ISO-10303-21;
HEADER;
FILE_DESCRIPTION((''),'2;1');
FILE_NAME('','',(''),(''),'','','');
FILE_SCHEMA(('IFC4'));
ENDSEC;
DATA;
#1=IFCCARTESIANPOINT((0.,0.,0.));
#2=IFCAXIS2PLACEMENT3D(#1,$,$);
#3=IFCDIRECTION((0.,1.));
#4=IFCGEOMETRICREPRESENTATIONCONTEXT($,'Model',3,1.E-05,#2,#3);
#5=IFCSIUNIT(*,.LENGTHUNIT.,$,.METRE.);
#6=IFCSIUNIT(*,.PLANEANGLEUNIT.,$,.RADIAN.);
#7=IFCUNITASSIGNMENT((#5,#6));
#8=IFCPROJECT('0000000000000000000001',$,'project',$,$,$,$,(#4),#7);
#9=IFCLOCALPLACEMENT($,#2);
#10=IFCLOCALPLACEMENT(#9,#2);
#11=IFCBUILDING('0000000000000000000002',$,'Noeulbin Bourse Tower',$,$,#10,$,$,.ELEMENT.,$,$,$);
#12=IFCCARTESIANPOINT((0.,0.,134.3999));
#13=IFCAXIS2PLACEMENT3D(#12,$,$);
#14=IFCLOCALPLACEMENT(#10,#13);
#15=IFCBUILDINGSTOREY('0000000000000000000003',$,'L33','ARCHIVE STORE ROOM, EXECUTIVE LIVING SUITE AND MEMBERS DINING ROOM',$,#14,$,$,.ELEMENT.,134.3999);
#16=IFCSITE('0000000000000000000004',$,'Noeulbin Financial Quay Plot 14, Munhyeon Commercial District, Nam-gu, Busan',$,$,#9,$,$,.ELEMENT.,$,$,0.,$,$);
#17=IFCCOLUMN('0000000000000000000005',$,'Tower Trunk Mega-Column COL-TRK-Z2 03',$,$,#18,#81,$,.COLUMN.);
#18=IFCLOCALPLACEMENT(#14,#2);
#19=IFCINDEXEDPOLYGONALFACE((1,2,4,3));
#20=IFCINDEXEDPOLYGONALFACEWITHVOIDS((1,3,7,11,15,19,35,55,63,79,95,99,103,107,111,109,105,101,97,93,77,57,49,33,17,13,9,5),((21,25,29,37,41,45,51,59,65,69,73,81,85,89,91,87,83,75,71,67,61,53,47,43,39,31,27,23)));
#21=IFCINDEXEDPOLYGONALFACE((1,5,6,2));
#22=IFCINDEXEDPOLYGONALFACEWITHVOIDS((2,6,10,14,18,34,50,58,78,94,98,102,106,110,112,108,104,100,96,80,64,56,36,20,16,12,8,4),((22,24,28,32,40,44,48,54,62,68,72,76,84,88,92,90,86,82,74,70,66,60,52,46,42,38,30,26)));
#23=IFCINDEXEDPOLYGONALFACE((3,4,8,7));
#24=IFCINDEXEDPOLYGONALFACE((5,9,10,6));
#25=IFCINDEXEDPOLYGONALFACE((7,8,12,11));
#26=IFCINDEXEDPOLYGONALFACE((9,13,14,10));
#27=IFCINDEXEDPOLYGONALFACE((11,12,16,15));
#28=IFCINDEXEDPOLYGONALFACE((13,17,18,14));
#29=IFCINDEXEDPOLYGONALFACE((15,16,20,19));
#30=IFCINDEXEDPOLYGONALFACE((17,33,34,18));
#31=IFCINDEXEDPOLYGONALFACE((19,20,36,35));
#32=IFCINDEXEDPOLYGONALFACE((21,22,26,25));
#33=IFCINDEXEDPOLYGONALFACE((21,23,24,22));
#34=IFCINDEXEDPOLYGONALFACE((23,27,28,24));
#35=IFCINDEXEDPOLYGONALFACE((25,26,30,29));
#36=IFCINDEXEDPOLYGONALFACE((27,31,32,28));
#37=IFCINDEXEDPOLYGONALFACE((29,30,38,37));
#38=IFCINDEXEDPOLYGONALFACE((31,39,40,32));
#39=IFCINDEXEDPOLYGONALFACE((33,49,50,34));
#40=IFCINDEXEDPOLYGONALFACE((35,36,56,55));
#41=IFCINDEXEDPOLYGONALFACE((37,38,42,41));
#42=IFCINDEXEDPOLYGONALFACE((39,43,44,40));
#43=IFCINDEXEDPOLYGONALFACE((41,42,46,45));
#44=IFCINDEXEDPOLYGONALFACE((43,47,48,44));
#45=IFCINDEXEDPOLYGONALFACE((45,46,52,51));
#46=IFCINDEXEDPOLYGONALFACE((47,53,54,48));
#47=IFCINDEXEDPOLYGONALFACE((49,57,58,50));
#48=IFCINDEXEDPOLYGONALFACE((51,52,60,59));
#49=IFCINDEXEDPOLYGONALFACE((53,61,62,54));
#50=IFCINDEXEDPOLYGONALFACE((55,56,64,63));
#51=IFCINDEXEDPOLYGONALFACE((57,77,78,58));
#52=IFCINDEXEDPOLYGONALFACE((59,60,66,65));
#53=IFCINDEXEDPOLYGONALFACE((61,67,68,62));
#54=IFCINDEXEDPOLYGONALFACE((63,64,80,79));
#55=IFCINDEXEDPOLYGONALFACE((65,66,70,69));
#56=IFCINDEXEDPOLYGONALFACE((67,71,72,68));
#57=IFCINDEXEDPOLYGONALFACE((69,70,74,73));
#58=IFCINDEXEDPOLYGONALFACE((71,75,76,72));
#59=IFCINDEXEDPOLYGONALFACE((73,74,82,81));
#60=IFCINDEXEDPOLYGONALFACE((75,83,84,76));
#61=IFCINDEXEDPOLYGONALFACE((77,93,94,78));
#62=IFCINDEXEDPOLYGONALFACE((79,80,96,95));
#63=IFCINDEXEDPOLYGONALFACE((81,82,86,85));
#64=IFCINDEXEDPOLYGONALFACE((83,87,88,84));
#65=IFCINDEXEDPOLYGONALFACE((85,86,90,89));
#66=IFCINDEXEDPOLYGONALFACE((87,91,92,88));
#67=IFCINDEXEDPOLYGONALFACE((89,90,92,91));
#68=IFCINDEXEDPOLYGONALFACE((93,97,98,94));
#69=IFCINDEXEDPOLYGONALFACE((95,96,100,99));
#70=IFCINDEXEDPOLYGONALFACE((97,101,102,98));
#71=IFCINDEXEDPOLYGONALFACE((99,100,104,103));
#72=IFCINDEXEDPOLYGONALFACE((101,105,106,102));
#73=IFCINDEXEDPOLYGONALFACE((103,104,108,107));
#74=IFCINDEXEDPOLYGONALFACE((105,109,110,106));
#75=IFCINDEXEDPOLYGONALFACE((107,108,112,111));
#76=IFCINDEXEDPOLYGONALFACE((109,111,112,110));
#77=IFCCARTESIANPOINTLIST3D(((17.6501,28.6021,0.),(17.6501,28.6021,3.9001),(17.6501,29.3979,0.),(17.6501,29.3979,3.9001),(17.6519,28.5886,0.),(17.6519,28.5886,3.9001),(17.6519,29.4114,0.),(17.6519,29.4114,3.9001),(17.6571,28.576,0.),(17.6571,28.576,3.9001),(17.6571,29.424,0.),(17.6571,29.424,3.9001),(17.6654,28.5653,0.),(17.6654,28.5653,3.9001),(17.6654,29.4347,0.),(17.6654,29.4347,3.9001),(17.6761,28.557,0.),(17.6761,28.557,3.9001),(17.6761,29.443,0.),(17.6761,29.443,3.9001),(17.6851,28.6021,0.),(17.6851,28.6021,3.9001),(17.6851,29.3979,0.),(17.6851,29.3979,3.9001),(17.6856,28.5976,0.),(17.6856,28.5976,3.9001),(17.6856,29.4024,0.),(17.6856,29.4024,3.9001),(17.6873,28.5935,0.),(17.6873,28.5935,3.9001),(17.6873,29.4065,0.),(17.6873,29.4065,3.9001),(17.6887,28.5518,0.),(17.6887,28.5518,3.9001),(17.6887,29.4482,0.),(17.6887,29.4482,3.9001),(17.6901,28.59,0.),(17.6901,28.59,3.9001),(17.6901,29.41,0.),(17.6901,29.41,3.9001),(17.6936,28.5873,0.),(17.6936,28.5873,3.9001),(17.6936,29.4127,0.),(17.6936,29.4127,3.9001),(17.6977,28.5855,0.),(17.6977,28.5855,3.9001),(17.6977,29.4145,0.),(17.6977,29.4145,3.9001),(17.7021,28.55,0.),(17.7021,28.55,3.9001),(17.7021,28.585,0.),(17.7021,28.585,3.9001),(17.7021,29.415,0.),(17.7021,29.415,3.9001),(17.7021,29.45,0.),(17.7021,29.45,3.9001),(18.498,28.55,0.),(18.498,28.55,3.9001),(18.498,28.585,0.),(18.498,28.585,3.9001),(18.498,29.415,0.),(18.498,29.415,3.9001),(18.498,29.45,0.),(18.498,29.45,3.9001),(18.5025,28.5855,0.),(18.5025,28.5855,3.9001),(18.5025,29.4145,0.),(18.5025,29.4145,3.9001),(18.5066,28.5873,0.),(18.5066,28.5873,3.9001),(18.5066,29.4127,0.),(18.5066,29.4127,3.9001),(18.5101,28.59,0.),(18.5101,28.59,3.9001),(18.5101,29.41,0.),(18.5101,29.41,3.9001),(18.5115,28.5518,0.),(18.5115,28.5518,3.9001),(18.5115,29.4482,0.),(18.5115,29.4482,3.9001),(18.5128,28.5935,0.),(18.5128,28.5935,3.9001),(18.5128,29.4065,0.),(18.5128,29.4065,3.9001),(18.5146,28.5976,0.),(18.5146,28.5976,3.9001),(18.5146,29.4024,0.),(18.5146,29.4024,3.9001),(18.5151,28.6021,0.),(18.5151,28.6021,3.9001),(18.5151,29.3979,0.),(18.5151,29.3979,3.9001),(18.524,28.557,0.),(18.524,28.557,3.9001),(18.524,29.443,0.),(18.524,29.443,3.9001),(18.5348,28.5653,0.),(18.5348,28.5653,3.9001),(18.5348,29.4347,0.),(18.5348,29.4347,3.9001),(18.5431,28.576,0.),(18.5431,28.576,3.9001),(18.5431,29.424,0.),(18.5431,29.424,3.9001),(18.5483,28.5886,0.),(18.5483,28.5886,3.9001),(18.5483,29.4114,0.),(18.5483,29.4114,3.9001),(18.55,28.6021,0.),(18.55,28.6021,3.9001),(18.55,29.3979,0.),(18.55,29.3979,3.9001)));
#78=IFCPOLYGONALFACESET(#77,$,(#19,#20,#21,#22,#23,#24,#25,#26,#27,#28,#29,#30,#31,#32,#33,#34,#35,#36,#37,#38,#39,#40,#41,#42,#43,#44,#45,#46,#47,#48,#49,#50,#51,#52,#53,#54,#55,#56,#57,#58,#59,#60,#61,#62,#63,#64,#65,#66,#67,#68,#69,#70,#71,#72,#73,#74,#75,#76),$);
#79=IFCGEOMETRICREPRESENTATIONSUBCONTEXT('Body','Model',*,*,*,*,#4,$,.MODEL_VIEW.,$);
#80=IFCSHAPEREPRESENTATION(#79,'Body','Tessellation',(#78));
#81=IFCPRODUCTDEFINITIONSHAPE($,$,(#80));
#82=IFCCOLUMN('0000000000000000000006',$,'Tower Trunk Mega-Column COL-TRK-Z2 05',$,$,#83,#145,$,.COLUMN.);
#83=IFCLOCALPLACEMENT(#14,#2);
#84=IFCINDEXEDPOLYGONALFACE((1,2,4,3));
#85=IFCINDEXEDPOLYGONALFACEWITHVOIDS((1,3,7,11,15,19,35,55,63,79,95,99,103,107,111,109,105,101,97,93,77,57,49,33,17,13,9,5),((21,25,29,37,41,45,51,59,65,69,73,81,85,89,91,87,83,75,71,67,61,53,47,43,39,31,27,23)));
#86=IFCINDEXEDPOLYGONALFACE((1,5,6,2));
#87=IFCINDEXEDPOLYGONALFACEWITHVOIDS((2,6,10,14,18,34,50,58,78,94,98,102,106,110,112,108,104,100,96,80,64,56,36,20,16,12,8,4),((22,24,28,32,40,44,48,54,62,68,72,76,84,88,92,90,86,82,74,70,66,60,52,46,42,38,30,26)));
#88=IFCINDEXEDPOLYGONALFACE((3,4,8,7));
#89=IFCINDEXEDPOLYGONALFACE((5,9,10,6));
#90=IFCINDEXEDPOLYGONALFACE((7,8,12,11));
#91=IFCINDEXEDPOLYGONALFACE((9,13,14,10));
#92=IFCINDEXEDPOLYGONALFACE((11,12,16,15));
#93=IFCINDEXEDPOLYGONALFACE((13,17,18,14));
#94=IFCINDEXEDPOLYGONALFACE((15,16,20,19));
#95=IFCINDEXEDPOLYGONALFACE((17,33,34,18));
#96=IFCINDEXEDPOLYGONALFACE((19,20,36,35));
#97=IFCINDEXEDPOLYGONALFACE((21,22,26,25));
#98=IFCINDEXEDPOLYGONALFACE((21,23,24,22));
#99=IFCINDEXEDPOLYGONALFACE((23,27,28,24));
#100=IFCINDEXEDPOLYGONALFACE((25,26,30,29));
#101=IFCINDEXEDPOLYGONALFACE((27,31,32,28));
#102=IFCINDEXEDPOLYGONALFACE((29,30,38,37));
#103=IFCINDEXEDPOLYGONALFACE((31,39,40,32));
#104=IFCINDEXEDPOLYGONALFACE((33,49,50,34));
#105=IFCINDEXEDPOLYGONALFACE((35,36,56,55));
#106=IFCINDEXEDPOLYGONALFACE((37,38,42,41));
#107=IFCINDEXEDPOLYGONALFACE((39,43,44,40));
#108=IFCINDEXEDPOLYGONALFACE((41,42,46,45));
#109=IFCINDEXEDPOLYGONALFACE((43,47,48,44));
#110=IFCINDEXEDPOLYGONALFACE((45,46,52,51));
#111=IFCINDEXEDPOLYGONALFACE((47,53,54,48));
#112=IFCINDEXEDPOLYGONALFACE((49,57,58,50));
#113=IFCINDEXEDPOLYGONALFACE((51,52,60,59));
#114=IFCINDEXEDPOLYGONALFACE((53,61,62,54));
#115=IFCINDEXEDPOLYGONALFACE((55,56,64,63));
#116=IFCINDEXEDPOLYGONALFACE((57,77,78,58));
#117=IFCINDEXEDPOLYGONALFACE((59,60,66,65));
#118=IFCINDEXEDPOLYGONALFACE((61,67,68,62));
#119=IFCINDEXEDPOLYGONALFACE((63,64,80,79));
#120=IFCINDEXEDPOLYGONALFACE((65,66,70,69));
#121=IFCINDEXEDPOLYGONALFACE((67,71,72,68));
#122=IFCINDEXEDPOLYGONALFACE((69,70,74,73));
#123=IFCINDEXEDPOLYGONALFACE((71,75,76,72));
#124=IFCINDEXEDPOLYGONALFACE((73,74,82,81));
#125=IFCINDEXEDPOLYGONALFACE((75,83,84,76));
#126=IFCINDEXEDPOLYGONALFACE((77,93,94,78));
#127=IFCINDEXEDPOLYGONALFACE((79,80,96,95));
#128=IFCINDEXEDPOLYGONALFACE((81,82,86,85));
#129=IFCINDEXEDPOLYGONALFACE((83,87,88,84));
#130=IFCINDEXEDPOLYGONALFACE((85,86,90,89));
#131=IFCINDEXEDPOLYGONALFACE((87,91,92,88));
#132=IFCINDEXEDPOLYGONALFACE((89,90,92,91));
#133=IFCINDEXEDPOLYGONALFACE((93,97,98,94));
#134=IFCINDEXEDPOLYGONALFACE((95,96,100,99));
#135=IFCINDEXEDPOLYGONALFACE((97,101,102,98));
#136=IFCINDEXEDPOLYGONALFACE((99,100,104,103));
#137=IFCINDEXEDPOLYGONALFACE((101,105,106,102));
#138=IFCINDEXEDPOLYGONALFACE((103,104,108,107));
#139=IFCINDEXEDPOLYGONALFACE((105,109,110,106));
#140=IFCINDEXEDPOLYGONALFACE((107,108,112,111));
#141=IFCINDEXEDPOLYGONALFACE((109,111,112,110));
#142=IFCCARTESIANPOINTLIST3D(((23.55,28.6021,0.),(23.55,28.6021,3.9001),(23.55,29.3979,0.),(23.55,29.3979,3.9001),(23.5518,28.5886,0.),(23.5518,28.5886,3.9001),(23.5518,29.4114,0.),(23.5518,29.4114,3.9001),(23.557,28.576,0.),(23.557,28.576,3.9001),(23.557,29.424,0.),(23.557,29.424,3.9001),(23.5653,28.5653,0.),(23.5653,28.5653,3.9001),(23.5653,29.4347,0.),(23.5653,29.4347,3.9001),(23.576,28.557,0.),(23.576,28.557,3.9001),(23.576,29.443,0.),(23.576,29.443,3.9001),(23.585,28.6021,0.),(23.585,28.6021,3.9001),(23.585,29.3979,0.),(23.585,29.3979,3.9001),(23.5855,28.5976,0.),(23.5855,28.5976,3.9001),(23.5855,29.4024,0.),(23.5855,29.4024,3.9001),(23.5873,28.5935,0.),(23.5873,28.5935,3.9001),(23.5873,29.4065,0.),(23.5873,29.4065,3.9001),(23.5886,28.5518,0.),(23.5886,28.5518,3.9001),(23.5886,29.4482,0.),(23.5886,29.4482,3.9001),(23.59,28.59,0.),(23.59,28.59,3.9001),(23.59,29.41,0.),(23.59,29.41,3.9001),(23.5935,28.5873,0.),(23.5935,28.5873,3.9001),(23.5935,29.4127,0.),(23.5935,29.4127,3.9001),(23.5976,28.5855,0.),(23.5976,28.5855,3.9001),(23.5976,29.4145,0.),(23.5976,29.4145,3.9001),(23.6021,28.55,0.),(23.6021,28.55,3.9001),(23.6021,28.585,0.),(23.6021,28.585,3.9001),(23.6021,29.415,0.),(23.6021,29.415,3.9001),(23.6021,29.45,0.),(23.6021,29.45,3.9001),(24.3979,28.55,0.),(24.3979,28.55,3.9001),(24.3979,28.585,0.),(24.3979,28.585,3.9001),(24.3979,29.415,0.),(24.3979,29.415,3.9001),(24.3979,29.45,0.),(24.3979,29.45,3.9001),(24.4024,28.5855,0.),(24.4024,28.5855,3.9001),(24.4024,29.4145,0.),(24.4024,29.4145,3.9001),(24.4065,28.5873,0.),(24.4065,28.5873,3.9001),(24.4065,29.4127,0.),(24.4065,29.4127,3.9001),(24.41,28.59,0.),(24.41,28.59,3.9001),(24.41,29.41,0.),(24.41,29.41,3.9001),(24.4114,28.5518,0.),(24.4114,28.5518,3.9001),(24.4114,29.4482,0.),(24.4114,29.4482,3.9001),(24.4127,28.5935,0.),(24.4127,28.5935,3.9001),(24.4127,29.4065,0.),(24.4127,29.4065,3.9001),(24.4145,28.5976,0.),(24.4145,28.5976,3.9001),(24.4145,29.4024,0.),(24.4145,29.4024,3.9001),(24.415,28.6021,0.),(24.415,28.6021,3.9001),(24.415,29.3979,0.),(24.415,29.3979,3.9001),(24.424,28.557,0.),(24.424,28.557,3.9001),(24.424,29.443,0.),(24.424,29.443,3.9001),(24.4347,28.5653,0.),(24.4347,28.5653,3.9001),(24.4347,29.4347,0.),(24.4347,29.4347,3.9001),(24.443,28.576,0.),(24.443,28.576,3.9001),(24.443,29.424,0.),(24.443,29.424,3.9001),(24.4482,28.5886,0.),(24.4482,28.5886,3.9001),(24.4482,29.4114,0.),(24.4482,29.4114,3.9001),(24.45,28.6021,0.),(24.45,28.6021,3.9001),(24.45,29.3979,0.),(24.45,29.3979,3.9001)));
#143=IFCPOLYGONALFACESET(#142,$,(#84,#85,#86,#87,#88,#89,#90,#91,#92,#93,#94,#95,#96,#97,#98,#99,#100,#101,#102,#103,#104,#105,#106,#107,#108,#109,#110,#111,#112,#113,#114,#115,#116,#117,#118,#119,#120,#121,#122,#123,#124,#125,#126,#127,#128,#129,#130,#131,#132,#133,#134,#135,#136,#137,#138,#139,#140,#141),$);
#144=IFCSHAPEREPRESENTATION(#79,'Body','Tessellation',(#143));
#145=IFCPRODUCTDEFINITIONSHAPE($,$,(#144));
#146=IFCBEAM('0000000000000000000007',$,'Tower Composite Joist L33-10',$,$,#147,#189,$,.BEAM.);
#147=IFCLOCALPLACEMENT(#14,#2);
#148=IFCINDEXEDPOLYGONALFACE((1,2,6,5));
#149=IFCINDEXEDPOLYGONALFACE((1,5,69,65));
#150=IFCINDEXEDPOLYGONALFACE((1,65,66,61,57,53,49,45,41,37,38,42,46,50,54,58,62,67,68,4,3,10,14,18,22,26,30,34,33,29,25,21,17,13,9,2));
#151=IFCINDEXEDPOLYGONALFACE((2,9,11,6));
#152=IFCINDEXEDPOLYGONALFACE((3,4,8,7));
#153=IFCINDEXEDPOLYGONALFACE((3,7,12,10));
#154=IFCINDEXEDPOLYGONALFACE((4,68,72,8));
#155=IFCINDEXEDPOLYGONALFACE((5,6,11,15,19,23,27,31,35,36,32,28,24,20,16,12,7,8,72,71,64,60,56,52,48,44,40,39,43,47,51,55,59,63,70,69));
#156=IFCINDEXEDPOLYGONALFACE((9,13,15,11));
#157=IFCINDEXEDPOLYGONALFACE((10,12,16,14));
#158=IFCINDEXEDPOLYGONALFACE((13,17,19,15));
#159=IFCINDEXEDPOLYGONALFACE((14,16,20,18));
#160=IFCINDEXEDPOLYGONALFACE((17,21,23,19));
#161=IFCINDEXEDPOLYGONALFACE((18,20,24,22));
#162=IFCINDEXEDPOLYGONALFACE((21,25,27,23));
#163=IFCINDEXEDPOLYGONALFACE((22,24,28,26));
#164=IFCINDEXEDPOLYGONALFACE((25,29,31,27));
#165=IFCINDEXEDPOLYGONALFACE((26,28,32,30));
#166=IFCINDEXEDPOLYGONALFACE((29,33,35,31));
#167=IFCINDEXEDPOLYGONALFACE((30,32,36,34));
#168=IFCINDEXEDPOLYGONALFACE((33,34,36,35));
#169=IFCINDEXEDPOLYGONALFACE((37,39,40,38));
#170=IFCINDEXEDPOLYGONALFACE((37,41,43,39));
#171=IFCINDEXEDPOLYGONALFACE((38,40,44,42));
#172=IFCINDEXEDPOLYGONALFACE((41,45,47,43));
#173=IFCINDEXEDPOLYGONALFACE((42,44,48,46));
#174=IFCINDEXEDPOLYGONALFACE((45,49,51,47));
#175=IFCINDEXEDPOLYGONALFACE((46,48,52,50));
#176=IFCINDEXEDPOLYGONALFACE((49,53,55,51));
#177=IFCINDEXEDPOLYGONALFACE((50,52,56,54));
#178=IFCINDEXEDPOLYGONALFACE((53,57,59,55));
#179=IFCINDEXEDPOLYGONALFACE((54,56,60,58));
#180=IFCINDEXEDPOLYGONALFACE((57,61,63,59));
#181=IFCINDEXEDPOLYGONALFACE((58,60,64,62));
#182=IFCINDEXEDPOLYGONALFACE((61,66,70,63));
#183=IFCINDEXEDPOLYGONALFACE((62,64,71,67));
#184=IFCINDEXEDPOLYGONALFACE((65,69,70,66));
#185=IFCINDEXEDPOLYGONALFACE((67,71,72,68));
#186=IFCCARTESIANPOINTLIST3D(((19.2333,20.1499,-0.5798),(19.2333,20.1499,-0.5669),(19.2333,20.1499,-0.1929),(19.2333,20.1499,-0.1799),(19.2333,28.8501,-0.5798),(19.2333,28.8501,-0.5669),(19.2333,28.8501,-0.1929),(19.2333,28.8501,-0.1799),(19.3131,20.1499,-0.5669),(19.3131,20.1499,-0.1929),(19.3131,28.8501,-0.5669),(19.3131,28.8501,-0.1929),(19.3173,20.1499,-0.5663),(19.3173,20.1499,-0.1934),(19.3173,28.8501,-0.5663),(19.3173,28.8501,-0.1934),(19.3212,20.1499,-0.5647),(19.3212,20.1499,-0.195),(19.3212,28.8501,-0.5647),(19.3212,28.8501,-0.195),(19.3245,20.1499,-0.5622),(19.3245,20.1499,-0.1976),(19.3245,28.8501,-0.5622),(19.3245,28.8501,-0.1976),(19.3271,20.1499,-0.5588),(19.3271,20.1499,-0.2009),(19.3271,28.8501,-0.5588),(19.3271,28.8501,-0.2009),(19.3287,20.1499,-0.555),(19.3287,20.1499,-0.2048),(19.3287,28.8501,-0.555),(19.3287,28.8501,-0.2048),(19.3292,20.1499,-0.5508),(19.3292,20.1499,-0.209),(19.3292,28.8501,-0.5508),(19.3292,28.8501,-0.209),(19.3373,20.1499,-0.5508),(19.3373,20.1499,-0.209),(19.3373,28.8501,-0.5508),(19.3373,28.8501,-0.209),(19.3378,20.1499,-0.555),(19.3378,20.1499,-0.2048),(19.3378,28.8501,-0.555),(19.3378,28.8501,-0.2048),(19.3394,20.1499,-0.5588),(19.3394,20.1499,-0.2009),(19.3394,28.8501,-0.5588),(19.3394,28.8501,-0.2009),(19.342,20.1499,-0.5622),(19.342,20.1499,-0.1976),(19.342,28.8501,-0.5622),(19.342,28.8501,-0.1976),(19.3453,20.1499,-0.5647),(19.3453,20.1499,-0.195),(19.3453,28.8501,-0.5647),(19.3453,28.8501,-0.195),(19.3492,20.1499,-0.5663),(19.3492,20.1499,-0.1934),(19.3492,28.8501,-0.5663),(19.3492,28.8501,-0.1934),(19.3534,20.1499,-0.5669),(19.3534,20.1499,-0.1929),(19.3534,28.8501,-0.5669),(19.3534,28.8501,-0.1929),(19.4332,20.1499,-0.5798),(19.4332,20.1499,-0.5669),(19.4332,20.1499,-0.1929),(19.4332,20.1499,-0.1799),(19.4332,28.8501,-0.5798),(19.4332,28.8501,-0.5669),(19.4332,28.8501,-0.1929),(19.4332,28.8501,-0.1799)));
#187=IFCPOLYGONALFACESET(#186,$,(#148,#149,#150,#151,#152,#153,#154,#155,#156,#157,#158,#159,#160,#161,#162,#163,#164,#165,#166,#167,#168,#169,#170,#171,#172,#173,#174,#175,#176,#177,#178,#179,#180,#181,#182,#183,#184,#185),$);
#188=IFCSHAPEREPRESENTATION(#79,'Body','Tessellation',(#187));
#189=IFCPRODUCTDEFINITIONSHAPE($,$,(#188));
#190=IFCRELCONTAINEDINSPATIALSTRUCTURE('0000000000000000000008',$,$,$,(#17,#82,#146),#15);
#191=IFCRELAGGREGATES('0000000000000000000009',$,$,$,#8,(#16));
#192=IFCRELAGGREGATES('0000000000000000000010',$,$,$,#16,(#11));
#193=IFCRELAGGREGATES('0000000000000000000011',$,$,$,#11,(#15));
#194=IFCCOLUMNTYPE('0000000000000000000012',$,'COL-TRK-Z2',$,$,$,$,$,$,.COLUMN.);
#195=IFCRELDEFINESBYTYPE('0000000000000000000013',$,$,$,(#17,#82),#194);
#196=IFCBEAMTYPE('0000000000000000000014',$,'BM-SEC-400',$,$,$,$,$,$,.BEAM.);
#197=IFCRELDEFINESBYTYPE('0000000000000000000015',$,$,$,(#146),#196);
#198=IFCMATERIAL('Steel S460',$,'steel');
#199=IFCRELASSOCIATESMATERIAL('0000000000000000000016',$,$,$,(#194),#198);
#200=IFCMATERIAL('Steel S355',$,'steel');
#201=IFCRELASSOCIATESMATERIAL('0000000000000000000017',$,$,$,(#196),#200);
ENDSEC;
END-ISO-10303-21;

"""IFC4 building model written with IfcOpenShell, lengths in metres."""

from ifc_helpers import new_model, si_unit, direction, frame, origin, origin_2d, place, context, subcontext, project, spatial, hollow_rectangle, i_section, extrude, material, material_profile, profile_set, type_object, element, save


model = new_model("IFC4")

# Units and contexts
model_context = context("Model", 3, precision=1e-05, world=origin(), true_north=direction((0.0, 1.0)))
body_context = subcontext(model_context, "Body", "Model", "MODEL_VIEW")
ifc_project = project(units=[si_unit("LENGTHUNIT", "METRE"), si_unit("PLANEANGLEUNIT", "RADIAN")], contexts=[model_context])

# Site, building, storey
site_placement = place(None, origin())
site = spatial("IfcSite", under=ifc_project, at=site_placement, Name="Noeulbin Financial Quay Plot 14, Munhyeon Commercial District, Nam-gu, Busan", CompositionType="ELEMENT", RefElevation=0.0)
building_placement = place(site_placement, origin())
building = spatial("IfcBuilding", under=site, at=building_placement, Name="Noeulbin Bourse Tower", CompositionType="ELEMENT")
storey_placement = place(building_placement, frame((0.0, 0.0, 134.3999)))
storey = spatial("IfcBuildingStorey", under=building, at=storey_placement, Name="L33", Description="ARCHIVE STORE ROOM, EXECUTIVE LIVING SUITE AND MEMBERS DINING ROOM", CompositionType="ELEMENT", Elevation=134.3999)

# Columns
ifc_material_1 = material(Name="Steel S460", Category="steel")
ifc_material_profile_1 = material_profile(ifc_material_1, hollow_rectangle(XDim=0.8999, YDim=0.8999, WallThickness=0.0349, InnerFilletRadius=0.0171, OuterFilletRadius=0.052, at=origin_2d()), Name="BOX-900x900x35", Category="LoadBearing")
ifc_profile_set_1 = profile_set([ifc_material_profile_1], Name="Steel S460")
column_type = type_object("IfcColumnType", Name="COL-TRK-Z2", PredefinedType="COLUMN", material=ifc_profile_set_1)
for number, where, z_axis, x_axis, name in (
    (1, (18.1001, 29.0, 0.0), (0.0, 0.0, 1.0), (1.0, 0.0, 0.0), "Tower Trunk Mega-Column COL-TRK-Z2 03"),
    (2, (24.0, 29.0, 0.0), (0.0, 0.0, 1.0), (1.0, 0.0, 0.0), "Tower Trunk Mega-Column COL-TRK-Z2 05"),
):
    element("IfcColumn", number, at=place(storey_placement, frame(where, z_axis=z_axis, x_axis=x_axis)), inside=storey, type_object=column_type, Name=name, PredefinedType="COLUMN", context=body_context, shape_type="SweptSolid", body=[
        extrude(hollow_rectangle(XDim=0.8999, YDim=0.8999, WallThickness=0.0349, InnerFilletRadius=0.0171, OuterFilletRadius=0.052, at=origin_2d()), origin(), (0.0, 0.0, 1.0), 3.9001),
    ])

# Beam
ifc_material_2 = material(Name="Steel S355", Category="steel")
ifc_material_profile_2 = material_profile(ifc_material_2, i_section(OverallWidth=0.2, OverallDepth=0.3999, WebThickness=0.0081, FlangeThickness=0.0129, FilletRadius=0.0161, at=origin_2d()), Name="H-400x200x8x13", Category="LoadBearing")
ifc_profile_set_2 = profile_set([ifc_material_profile_2], Name="Steel S355")
beam_type = type_object("IfcBeamType", Name="BM-SEC-400", PredefinedType="BEAM", material=ifc_profile_set_2)
for number, where, z_axis, x_axis, name in (
    (3, (19.3333, 20.1499, -0.3799), (0.0, 1.0, 0.0), (-1.0, 0.0, 0.0), "Tower Composite Joist L33-10"),
):
    element("IfcBeam", number, at=place(storey_placement, frame(where, z_axis=z_axis, x_axis=x_axis)), inside=storey, type_object=beam_type, Name=name, PredefinedType="BEAM", context=body_context, shape_type="SweptSolid", body=[
        extrude(i_section(OverallWidth=0.2, OverallDepth=0.3999, WebThickness=0.0081, FlangeThickness=0.0129, FilletRadius=0.0161, at=origin_2d()), origin(), (0.0, 0.0, 1.0), 8.7002),
    ])

save(model, "model.ifc")
